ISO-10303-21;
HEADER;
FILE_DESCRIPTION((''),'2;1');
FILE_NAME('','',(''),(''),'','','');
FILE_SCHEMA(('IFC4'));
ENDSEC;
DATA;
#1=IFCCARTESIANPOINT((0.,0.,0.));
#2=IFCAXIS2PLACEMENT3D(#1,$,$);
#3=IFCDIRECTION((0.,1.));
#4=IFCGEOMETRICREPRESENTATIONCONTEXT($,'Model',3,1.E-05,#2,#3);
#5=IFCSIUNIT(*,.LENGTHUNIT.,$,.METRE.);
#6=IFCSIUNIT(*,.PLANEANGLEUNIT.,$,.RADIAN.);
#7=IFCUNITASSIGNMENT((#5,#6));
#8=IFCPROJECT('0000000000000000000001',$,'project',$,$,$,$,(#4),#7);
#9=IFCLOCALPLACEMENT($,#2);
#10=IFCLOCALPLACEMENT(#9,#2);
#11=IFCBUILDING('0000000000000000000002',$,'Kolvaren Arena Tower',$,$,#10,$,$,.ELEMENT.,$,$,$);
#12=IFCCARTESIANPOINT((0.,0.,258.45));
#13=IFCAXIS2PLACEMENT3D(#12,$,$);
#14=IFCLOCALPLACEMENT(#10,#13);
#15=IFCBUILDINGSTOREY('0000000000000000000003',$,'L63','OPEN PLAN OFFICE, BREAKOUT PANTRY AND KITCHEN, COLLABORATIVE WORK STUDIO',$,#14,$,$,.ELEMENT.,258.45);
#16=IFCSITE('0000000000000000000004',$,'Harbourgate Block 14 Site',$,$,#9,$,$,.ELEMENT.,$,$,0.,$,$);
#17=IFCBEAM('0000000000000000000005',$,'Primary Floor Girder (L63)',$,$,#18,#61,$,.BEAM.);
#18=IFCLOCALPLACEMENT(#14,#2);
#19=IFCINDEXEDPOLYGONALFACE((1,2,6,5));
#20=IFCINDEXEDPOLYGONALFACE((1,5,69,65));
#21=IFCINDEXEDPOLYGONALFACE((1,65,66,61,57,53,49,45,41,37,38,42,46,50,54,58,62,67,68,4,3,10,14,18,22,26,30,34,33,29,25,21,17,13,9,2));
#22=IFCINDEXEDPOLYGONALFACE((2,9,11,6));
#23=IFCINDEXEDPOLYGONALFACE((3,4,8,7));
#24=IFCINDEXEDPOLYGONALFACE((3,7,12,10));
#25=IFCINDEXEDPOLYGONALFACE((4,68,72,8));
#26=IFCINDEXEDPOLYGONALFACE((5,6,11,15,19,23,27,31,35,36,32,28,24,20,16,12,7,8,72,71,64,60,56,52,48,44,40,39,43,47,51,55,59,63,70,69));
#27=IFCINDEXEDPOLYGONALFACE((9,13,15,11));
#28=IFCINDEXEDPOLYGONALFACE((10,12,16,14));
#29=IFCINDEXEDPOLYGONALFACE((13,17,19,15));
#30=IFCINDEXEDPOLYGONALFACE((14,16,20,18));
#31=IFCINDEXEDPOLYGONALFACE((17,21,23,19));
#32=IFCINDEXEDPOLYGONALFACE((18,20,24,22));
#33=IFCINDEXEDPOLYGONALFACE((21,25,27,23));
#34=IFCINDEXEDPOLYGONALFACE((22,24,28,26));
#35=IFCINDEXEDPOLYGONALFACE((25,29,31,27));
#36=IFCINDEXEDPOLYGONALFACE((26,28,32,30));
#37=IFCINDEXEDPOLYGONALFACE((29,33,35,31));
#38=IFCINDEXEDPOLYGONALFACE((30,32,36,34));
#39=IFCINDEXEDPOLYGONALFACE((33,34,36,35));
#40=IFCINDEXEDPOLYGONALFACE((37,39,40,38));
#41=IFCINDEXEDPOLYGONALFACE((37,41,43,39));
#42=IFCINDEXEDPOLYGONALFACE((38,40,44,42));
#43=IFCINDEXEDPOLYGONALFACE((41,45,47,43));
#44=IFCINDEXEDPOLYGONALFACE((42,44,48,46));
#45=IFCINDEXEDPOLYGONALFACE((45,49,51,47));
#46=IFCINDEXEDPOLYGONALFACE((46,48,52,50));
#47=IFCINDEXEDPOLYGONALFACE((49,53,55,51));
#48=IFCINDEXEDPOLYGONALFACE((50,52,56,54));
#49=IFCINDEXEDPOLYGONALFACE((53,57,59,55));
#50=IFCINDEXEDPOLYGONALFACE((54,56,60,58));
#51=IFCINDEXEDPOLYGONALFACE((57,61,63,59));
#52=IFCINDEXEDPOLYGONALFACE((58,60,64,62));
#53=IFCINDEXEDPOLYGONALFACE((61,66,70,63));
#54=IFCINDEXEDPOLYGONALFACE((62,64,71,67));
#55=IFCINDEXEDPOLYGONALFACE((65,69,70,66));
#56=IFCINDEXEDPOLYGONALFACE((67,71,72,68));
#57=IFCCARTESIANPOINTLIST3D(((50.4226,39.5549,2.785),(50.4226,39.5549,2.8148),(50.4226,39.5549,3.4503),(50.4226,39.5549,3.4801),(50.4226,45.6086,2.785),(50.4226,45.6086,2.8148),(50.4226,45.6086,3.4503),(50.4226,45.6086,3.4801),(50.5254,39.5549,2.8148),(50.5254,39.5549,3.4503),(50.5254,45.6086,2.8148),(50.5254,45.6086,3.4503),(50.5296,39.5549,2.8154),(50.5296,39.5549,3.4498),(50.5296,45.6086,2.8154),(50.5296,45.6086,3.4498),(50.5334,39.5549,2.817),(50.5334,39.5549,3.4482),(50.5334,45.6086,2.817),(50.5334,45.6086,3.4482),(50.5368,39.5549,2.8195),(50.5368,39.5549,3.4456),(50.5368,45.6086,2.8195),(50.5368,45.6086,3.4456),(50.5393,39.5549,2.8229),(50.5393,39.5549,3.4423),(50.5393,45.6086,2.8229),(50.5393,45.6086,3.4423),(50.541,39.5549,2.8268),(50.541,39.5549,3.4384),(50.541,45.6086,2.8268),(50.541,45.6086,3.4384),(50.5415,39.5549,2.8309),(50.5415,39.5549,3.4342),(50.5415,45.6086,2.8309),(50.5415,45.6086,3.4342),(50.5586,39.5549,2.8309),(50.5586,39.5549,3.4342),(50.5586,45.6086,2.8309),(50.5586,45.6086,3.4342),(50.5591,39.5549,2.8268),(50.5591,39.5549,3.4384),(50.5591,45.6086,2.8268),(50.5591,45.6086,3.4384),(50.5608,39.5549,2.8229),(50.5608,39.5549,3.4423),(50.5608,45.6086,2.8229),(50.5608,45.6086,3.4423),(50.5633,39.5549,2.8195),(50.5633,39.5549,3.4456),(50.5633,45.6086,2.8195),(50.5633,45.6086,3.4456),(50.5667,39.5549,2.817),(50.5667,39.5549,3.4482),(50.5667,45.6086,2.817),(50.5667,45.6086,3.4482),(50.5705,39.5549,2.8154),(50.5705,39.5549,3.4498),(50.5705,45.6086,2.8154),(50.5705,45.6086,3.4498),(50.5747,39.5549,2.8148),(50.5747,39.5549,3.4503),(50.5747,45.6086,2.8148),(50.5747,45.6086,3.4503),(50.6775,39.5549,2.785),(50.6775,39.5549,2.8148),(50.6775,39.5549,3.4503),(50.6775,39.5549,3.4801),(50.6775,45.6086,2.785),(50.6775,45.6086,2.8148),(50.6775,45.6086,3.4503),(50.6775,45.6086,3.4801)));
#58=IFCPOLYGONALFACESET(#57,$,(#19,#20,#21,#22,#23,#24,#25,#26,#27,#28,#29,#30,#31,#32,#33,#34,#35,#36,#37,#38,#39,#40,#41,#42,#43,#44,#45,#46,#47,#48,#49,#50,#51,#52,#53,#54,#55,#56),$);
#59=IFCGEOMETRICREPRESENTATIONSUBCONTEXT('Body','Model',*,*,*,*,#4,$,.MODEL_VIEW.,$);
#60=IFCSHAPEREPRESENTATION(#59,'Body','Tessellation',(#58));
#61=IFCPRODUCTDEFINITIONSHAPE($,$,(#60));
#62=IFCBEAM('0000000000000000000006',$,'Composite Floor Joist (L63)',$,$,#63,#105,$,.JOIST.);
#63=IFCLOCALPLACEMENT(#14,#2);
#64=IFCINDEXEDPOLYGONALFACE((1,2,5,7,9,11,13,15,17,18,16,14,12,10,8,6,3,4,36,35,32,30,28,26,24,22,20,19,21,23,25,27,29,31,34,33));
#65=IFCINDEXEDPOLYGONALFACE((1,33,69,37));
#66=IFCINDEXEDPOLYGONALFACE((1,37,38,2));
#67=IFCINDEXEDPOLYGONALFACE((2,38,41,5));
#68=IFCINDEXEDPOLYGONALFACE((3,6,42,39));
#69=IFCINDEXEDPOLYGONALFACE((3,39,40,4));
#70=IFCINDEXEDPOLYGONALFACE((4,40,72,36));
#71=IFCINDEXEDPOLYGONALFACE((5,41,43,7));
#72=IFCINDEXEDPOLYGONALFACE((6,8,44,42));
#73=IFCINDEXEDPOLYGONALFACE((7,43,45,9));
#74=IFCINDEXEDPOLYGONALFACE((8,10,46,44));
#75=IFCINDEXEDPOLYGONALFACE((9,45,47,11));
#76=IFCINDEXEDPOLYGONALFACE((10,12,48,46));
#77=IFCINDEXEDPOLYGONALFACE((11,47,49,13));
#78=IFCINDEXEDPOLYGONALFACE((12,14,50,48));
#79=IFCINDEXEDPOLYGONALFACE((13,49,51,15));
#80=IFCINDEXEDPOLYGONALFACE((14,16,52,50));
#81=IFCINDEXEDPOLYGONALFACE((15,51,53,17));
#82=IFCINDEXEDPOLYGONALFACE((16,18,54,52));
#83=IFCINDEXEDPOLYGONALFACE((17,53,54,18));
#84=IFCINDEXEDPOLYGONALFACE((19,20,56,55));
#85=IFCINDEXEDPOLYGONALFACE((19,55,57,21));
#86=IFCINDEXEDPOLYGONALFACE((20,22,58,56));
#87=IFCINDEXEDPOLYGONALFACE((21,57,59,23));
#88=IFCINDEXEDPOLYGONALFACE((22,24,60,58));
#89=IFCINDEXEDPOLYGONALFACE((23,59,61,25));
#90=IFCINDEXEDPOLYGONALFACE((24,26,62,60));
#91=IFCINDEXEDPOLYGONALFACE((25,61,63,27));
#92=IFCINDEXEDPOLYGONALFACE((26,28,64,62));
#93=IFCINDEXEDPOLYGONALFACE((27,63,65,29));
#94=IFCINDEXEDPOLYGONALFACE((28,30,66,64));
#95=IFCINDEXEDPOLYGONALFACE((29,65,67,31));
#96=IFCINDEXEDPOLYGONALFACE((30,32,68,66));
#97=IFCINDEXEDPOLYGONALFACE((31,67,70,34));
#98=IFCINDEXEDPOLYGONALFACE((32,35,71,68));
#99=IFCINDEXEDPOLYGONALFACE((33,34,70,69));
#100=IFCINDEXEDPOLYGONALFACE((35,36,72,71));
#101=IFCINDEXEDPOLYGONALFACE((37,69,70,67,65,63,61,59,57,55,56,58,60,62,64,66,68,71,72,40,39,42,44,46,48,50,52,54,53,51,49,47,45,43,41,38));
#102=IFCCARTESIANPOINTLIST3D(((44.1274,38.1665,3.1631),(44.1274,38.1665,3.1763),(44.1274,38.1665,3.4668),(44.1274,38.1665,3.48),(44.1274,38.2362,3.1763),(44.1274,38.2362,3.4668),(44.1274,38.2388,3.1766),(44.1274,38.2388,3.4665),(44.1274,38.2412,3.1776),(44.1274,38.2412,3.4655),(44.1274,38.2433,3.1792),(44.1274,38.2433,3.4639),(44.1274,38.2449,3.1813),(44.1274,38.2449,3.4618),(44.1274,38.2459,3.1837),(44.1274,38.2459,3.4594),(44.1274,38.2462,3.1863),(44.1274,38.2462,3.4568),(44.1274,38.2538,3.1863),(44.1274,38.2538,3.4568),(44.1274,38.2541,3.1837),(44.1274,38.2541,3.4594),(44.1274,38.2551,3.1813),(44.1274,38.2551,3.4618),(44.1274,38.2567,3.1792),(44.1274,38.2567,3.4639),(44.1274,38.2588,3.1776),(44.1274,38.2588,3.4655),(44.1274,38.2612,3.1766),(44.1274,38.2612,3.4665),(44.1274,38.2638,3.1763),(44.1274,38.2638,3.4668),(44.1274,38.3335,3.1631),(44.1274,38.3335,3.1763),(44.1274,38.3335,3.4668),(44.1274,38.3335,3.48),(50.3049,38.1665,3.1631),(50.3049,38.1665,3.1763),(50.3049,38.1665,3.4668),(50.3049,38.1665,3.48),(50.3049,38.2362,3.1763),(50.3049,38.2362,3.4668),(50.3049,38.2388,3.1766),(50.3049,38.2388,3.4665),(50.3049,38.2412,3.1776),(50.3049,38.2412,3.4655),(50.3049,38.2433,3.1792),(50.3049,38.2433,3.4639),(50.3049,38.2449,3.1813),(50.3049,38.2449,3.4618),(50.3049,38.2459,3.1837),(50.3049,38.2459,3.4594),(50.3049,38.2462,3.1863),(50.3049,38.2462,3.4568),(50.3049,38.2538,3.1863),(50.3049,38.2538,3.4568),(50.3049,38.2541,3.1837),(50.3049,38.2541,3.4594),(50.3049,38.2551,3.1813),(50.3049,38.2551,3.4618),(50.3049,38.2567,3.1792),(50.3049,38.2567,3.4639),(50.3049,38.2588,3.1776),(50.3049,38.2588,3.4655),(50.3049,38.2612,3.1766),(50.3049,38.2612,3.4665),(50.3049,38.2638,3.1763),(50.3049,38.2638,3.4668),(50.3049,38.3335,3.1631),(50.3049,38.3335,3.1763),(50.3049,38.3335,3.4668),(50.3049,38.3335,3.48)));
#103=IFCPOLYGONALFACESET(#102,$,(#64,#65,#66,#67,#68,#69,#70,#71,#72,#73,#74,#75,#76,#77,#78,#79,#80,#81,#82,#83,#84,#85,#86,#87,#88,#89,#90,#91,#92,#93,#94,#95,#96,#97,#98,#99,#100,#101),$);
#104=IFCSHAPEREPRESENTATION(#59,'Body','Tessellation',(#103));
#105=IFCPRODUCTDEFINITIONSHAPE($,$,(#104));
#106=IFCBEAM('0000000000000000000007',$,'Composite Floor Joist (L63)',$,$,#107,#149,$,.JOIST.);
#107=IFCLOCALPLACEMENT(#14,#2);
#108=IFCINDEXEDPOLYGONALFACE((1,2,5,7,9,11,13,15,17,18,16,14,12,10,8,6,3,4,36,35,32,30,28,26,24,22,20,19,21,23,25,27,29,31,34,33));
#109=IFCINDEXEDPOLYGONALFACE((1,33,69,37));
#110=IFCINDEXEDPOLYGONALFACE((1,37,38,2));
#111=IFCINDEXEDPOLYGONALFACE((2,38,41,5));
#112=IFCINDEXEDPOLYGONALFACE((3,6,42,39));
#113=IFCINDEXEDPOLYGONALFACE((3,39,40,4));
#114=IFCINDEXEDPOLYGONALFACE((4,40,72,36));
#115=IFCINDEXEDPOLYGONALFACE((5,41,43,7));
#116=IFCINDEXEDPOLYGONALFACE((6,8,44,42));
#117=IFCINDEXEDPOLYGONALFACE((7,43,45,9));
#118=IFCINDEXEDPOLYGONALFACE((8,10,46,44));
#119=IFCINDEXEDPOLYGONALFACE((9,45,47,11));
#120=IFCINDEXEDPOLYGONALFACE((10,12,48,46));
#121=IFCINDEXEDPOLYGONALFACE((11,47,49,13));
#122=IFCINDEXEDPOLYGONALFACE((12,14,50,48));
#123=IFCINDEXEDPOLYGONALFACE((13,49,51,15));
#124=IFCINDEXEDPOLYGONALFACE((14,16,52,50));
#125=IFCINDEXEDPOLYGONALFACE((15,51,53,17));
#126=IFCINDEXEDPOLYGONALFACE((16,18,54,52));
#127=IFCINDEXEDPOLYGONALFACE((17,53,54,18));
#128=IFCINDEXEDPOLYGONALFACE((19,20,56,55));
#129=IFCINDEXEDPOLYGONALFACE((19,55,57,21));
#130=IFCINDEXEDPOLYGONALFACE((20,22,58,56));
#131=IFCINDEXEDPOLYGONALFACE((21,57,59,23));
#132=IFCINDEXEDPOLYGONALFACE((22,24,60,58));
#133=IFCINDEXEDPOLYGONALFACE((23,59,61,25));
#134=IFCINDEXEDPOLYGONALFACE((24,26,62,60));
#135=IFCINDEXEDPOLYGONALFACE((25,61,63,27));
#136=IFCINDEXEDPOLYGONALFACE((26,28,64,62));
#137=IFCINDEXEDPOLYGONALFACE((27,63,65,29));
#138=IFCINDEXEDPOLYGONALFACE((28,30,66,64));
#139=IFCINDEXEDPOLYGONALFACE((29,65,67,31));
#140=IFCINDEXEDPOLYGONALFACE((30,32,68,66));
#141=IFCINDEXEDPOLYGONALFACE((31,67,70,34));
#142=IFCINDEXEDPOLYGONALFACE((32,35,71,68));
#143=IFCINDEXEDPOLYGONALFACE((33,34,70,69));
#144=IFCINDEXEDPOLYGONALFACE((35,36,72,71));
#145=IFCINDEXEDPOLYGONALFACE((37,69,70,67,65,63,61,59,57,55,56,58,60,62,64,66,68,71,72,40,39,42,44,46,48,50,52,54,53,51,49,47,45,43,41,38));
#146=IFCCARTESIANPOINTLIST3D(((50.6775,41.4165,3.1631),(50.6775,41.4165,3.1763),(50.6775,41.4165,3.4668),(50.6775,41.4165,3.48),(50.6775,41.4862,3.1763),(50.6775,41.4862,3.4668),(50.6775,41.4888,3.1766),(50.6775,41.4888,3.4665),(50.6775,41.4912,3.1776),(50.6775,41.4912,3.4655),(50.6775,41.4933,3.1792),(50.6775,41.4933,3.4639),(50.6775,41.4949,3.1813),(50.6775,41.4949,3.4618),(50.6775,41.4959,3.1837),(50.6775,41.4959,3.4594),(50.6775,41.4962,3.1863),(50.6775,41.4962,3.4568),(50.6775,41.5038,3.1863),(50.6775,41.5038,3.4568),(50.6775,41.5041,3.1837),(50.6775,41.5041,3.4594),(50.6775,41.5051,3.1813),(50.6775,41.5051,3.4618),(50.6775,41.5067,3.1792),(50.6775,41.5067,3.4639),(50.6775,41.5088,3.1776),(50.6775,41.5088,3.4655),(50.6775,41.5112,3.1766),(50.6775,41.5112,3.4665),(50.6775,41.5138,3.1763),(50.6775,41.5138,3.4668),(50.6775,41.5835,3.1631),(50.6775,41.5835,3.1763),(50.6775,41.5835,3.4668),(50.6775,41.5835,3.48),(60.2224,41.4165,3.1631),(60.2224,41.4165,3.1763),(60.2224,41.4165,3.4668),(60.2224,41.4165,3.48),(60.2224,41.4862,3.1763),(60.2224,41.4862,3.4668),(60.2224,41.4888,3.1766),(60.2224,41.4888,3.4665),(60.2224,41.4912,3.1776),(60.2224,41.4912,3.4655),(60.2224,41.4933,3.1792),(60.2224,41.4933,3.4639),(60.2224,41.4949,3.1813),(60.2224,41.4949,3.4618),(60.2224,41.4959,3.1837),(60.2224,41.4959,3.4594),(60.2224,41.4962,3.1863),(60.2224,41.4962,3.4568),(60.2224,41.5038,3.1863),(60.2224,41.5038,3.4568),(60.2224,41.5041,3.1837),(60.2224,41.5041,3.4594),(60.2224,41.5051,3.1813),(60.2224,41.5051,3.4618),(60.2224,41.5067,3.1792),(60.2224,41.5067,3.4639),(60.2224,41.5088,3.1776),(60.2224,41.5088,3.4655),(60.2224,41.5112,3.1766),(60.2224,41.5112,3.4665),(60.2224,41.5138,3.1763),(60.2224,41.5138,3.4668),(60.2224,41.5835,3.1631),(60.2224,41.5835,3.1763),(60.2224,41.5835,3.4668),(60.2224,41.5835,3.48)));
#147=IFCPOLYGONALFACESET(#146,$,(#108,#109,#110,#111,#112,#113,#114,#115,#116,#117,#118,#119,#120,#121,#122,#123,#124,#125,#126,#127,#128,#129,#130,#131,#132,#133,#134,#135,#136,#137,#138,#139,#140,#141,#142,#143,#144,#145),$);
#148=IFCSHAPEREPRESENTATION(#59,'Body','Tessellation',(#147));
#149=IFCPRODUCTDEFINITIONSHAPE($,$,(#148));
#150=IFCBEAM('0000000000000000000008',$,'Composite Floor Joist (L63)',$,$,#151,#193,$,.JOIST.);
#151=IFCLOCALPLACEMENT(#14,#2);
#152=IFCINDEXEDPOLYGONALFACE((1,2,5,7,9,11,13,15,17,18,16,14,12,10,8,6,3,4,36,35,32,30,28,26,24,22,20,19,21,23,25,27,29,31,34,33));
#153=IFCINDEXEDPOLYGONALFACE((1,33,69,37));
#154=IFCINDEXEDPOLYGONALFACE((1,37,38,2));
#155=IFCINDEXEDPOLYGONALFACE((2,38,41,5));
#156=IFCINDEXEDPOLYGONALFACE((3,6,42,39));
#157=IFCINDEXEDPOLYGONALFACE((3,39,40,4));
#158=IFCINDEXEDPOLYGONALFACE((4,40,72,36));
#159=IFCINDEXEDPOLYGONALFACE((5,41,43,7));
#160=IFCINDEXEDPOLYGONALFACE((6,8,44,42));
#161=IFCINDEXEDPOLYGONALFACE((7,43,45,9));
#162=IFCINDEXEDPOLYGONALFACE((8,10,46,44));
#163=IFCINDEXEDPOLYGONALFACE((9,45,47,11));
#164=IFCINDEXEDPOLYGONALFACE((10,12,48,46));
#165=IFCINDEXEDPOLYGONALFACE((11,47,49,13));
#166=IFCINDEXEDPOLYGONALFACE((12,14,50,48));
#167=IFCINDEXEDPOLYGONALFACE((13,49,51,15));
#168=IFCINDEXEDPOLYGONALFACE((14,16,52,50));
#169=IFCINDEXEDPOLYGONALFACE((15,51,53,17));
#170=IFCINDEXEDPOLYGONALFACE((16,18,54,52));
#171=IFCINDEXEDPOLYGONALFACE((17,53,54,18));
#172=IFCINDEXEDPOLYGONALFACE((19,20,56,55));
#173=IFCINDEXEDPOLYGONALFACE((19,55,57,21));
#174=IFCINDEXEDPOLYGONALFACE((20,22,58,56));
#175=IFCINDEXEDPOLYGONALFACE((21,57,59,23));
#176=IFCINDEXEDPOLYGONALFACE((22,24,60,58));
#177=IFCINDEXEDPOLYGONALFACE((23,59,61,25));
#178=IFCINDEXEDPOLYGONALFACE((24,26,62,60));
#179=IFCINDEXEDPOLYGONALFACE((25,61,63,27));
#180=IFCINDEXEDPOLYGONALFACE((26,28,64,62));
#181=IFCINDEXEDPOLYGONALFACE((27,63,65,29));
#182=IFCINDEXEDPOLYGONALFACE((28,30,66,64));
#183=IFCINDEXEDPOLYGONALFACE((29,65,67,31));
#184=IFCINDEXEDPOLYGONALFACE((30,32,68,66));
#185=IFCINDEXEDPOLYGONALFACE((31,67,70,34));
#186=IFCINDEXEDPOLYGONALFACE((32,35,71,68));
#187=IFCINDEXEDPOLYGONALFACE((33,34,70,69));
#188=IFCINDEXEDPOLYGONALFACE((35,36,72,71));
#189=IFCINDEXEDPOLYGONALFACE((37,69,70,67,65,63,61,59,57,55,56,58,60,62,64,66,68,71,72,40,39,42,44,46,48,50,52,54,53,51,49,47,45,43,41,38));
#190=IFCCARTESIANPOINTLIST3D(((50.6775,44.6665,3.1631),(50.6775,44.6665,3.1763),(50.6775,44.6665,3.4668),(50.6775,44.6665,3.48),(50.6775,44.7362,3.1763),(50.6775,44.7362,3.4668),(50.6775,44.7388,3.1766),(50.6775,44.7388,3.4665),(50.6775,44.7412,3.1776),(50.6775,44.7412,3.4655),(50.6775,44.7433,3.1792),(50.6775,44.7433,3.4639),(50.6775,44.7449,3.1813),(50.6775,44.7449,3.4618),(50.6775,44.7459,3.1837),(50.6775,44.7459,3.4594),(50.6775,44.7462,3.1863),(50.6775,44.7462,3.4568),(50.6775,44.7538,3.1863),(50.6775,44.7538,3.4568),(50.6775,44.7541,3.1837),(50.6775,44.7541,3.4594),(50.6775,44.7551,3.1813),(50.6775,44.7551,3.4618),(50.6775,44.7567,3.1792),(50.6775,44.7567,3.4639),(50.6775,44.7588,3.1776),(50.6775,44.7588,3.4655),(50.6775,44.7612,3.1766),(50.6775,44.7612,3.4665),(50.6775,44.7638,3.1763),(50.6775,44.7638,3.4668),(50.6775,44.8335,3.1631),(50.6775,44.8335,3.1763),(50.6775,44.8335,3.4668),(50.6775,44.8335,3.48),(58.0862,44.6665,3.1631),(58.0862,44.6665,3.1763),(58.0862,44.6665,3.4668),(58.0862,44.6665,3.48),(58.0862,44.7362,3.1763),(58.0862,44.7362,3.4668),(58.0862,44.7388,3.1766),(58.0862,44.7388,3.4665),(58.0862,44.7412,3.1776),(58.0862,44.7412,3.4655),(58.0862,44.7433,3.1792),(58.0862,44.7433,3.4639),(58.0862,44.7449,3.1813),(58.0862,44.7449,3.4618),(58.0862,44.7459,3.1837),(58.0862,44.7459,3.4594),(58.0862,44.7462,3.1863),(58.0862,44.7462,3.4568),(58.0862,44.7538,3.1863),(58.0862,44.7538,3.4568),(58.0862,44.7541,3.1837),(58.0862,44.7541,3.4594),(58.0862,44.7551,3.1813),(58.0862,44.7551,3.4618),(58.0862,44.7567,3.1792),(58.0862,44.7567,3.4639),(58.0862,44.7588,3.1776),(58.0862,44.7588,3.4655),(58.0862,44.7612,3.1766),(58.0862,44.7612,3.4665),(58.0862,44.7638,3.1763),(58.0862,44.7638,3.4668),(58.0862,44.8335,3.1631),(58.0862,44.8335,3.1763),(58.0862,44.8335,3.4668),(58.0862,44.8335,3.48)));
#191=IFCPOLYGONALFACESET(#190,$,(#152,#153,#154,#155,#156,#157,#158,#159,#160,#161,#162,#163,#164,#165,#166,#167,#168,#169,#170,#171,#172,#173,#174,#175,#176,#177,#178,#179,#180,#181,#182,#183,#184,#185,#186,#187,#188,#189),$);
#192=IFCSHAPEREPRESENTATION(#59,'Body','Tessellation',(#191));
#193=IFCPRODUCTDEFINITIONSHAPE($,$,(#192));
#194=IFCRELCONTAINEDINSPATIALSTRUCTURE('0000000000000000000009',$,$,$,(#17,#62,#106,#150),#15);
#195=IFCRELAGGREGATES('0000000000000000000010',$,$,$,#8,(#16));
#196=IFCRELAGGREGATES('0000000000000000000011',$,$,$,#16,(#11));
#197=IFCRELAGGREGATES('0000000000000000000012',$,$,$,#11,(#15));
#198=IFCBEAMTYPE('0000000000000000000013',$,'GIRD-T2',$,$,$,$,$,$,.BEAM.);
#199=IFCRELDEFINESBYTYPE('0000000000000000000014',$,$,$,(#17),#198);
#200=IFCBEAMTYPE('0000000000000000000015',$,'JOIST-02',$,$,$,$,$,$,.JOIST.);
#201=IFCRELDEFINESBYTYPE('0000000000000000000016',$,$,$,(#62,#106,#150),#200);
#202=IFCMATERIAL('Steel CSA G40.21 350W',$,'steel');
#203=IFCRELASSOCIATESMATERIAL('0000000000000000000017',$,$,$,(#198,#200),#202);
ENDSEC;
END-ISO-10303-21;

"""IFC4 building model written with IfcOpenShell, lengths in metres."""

from ifc_helpers import new_model, si_unit, direction, frame, origin, origin_2d, place, context, subcontext, project, spatial, i_section, extrude, material, material_profile, profile_set, type_object, element, save


model = new_model("IFC4")

# Units and contexts
model_context = context("Model", 3, precision=1e-05, world=origin(), true_north=direction((0.0, 1.0)))
body_context = subcontext(model_context, "Body", "Model", "MODEL_VIEW")
ifc_project = project(units=[si_unit("LENGTHUNIT", "METRE"), si_unit("PLANEANGLEUNIT", "RADIAN")], contexts=[model_context])

# Site, building, storey
site_placement = place(None, origin())
site = spatial("IfcSite", under=ifc_project, at=site_placement, Name="Harbourgate Block 14 Site", CompositionType="ELEMENT", RefElevation=0.0)
building_placement = place(site_placement, origin())
building = spatial("IfcBuilding", under=site, at=building_placement, Name="Kolvaren Arena Tower", CompositionType="ELEMENT")
storey_placement = place(building_placement, frame((0.0, 0.0, 258.45)))
storey = spatial("IfcBuildingStorey", under=building, at=storey_placement, Name="L63", Description="OPEN PLAN OFFICE, BREAKOUT PANTRY AND KITCHEN, COLLABORATIVE WORK STUDIO", CompositionType="ELEMENT", Elevation=258.45)

# Beams
ifc_material_1 = material(Name="Steel CSA G40.21 350W", Category="steel")
ifc_material_profile_1 = material_profile(ifc_material_1, i_section(OverallWidth=0.2549, OverallDepth=0.6951, WebThickness=0.0171, FlangeThickness=0.0298, FilletRadius=0.0161, at=origin_2d()), Name="W690x217")
ifc_profile_set_1 = profile_set([ifc_material_profile_1], Name="Steel CSA G40.21 350W")
beam_type_1 = type_object("IfcBeamType", Name="GIRD-T2", PredefinedType="BEAM", material=ifc_profile_set_1)
beam_1_placement = place(storey_placement, frame((50.55, 39.5549, 3.1326), z_axis=(0.0, 1.0, 0.0), x_axis=(-1.0, 0.0, 0.0)))
element("IfcBeam", 1, at=beam_1_placement, inside=storey, type_object=beam_type_1, Name="Primary Floor Girder (L63)", PredefinedType="BEAM", context=body_context, shape_type="SweptSolid", body=[
    extrude(i_section(OverallWidth=0.2549, OverallDepth=0.6951, WebThickness=0.0171, FlangeThickness=0.0298, FilletRadius=0.0161, at=origin_2d()), origin(), (0.0, 0.0, 1.0), 6.0537),
])
ifc_material_profile_2 = material_profile(ifc_material_1, i_section(OverallWidth=0.167, OverallDepth=0.3169, WebThickness=0.0076, FlangeThickness=0.0132, FilletRadius=0.01, at=origin_2d()), Name="W310x52")
ifc_profile_set_2 = profile_set([ifc_material_profile_2], Name="Steel CSA G40.21 350W")
beam_type_2 = type_object("IfcBeamType", Name="JOIST-02", PredefinedType="JOIST", material=ifc_profile_set_2)
beam_2_placement = place(storey_placement, frame((44.1274, 38.25, 3.3215), z_axis=(1.0, 0.0, 0.0), x_axis=(0.0, 1.0, 0.0)))
element("IfcBeam", 2, at=beam_2_placement, inside=storey, type_object=beam_type_2, Name="Composite Floor Joist (L63)", PredefinedType="JOIST", context=body_context, shape_type="SweptSolid", body=[
    extrude(i_section(OverallWidth=0.167, OverallDepth=0.3169, WebThickness=0.0076, FlangeThickness=0.0132, FilletRadius=0.01, at=origin_2d()), origin(), (0.0, 0.0, 1.0), 6.1775),
])
beam_3_placement = place(storey_placement, frame((50.6775, 41.5, 3.3215), z_axis=(1.0, 0.0, 0.0), x_axis=(0.0, 1.0, 0.0)))
element("IfcBeam", 3, at=beam_3_placement, inside=storey, type_object=beam_type_2, Name="Composite Floor Joist (L63)", PredefinedType="JOIST", context=body_context, shape_type="SweptSolid", body=[
    extrude(i_section(OverallWidth=0.167, OverallDepth=0.3169, WebThickness=0.0076, FlangeThickness=0.0132, FilletRadius=0.01, at=origin_2d()), origin(), (0.0, 0.0, 1.0), 9.5449),
])
beam_4_placement = place(storey_placement, frame((50.6775, 44.75, 3.3215), z_axis=(1.0, 0.0, 0.0), x_axis=(0.0, 1.0, 0.0)))
element("IfcBeam", 4, at=beam_4_placement, inside=storey, type_object=beam_type_2, Name="Composite Floor Joist (L63)", PredefinedType="JOIST", context=body_context, shape_type="SweptSolid", body=[
    extrude(i_section(OverallWidth=0.167, OverallDepth=0.3169, WebThickness=0.0076, FlangeThickness=0.0132, FilletRadius=0.01, at=origin_2d()), origin(), (0.0, 0.0, 1.0), 7.4087),
])

save(model, "model.ifc")
